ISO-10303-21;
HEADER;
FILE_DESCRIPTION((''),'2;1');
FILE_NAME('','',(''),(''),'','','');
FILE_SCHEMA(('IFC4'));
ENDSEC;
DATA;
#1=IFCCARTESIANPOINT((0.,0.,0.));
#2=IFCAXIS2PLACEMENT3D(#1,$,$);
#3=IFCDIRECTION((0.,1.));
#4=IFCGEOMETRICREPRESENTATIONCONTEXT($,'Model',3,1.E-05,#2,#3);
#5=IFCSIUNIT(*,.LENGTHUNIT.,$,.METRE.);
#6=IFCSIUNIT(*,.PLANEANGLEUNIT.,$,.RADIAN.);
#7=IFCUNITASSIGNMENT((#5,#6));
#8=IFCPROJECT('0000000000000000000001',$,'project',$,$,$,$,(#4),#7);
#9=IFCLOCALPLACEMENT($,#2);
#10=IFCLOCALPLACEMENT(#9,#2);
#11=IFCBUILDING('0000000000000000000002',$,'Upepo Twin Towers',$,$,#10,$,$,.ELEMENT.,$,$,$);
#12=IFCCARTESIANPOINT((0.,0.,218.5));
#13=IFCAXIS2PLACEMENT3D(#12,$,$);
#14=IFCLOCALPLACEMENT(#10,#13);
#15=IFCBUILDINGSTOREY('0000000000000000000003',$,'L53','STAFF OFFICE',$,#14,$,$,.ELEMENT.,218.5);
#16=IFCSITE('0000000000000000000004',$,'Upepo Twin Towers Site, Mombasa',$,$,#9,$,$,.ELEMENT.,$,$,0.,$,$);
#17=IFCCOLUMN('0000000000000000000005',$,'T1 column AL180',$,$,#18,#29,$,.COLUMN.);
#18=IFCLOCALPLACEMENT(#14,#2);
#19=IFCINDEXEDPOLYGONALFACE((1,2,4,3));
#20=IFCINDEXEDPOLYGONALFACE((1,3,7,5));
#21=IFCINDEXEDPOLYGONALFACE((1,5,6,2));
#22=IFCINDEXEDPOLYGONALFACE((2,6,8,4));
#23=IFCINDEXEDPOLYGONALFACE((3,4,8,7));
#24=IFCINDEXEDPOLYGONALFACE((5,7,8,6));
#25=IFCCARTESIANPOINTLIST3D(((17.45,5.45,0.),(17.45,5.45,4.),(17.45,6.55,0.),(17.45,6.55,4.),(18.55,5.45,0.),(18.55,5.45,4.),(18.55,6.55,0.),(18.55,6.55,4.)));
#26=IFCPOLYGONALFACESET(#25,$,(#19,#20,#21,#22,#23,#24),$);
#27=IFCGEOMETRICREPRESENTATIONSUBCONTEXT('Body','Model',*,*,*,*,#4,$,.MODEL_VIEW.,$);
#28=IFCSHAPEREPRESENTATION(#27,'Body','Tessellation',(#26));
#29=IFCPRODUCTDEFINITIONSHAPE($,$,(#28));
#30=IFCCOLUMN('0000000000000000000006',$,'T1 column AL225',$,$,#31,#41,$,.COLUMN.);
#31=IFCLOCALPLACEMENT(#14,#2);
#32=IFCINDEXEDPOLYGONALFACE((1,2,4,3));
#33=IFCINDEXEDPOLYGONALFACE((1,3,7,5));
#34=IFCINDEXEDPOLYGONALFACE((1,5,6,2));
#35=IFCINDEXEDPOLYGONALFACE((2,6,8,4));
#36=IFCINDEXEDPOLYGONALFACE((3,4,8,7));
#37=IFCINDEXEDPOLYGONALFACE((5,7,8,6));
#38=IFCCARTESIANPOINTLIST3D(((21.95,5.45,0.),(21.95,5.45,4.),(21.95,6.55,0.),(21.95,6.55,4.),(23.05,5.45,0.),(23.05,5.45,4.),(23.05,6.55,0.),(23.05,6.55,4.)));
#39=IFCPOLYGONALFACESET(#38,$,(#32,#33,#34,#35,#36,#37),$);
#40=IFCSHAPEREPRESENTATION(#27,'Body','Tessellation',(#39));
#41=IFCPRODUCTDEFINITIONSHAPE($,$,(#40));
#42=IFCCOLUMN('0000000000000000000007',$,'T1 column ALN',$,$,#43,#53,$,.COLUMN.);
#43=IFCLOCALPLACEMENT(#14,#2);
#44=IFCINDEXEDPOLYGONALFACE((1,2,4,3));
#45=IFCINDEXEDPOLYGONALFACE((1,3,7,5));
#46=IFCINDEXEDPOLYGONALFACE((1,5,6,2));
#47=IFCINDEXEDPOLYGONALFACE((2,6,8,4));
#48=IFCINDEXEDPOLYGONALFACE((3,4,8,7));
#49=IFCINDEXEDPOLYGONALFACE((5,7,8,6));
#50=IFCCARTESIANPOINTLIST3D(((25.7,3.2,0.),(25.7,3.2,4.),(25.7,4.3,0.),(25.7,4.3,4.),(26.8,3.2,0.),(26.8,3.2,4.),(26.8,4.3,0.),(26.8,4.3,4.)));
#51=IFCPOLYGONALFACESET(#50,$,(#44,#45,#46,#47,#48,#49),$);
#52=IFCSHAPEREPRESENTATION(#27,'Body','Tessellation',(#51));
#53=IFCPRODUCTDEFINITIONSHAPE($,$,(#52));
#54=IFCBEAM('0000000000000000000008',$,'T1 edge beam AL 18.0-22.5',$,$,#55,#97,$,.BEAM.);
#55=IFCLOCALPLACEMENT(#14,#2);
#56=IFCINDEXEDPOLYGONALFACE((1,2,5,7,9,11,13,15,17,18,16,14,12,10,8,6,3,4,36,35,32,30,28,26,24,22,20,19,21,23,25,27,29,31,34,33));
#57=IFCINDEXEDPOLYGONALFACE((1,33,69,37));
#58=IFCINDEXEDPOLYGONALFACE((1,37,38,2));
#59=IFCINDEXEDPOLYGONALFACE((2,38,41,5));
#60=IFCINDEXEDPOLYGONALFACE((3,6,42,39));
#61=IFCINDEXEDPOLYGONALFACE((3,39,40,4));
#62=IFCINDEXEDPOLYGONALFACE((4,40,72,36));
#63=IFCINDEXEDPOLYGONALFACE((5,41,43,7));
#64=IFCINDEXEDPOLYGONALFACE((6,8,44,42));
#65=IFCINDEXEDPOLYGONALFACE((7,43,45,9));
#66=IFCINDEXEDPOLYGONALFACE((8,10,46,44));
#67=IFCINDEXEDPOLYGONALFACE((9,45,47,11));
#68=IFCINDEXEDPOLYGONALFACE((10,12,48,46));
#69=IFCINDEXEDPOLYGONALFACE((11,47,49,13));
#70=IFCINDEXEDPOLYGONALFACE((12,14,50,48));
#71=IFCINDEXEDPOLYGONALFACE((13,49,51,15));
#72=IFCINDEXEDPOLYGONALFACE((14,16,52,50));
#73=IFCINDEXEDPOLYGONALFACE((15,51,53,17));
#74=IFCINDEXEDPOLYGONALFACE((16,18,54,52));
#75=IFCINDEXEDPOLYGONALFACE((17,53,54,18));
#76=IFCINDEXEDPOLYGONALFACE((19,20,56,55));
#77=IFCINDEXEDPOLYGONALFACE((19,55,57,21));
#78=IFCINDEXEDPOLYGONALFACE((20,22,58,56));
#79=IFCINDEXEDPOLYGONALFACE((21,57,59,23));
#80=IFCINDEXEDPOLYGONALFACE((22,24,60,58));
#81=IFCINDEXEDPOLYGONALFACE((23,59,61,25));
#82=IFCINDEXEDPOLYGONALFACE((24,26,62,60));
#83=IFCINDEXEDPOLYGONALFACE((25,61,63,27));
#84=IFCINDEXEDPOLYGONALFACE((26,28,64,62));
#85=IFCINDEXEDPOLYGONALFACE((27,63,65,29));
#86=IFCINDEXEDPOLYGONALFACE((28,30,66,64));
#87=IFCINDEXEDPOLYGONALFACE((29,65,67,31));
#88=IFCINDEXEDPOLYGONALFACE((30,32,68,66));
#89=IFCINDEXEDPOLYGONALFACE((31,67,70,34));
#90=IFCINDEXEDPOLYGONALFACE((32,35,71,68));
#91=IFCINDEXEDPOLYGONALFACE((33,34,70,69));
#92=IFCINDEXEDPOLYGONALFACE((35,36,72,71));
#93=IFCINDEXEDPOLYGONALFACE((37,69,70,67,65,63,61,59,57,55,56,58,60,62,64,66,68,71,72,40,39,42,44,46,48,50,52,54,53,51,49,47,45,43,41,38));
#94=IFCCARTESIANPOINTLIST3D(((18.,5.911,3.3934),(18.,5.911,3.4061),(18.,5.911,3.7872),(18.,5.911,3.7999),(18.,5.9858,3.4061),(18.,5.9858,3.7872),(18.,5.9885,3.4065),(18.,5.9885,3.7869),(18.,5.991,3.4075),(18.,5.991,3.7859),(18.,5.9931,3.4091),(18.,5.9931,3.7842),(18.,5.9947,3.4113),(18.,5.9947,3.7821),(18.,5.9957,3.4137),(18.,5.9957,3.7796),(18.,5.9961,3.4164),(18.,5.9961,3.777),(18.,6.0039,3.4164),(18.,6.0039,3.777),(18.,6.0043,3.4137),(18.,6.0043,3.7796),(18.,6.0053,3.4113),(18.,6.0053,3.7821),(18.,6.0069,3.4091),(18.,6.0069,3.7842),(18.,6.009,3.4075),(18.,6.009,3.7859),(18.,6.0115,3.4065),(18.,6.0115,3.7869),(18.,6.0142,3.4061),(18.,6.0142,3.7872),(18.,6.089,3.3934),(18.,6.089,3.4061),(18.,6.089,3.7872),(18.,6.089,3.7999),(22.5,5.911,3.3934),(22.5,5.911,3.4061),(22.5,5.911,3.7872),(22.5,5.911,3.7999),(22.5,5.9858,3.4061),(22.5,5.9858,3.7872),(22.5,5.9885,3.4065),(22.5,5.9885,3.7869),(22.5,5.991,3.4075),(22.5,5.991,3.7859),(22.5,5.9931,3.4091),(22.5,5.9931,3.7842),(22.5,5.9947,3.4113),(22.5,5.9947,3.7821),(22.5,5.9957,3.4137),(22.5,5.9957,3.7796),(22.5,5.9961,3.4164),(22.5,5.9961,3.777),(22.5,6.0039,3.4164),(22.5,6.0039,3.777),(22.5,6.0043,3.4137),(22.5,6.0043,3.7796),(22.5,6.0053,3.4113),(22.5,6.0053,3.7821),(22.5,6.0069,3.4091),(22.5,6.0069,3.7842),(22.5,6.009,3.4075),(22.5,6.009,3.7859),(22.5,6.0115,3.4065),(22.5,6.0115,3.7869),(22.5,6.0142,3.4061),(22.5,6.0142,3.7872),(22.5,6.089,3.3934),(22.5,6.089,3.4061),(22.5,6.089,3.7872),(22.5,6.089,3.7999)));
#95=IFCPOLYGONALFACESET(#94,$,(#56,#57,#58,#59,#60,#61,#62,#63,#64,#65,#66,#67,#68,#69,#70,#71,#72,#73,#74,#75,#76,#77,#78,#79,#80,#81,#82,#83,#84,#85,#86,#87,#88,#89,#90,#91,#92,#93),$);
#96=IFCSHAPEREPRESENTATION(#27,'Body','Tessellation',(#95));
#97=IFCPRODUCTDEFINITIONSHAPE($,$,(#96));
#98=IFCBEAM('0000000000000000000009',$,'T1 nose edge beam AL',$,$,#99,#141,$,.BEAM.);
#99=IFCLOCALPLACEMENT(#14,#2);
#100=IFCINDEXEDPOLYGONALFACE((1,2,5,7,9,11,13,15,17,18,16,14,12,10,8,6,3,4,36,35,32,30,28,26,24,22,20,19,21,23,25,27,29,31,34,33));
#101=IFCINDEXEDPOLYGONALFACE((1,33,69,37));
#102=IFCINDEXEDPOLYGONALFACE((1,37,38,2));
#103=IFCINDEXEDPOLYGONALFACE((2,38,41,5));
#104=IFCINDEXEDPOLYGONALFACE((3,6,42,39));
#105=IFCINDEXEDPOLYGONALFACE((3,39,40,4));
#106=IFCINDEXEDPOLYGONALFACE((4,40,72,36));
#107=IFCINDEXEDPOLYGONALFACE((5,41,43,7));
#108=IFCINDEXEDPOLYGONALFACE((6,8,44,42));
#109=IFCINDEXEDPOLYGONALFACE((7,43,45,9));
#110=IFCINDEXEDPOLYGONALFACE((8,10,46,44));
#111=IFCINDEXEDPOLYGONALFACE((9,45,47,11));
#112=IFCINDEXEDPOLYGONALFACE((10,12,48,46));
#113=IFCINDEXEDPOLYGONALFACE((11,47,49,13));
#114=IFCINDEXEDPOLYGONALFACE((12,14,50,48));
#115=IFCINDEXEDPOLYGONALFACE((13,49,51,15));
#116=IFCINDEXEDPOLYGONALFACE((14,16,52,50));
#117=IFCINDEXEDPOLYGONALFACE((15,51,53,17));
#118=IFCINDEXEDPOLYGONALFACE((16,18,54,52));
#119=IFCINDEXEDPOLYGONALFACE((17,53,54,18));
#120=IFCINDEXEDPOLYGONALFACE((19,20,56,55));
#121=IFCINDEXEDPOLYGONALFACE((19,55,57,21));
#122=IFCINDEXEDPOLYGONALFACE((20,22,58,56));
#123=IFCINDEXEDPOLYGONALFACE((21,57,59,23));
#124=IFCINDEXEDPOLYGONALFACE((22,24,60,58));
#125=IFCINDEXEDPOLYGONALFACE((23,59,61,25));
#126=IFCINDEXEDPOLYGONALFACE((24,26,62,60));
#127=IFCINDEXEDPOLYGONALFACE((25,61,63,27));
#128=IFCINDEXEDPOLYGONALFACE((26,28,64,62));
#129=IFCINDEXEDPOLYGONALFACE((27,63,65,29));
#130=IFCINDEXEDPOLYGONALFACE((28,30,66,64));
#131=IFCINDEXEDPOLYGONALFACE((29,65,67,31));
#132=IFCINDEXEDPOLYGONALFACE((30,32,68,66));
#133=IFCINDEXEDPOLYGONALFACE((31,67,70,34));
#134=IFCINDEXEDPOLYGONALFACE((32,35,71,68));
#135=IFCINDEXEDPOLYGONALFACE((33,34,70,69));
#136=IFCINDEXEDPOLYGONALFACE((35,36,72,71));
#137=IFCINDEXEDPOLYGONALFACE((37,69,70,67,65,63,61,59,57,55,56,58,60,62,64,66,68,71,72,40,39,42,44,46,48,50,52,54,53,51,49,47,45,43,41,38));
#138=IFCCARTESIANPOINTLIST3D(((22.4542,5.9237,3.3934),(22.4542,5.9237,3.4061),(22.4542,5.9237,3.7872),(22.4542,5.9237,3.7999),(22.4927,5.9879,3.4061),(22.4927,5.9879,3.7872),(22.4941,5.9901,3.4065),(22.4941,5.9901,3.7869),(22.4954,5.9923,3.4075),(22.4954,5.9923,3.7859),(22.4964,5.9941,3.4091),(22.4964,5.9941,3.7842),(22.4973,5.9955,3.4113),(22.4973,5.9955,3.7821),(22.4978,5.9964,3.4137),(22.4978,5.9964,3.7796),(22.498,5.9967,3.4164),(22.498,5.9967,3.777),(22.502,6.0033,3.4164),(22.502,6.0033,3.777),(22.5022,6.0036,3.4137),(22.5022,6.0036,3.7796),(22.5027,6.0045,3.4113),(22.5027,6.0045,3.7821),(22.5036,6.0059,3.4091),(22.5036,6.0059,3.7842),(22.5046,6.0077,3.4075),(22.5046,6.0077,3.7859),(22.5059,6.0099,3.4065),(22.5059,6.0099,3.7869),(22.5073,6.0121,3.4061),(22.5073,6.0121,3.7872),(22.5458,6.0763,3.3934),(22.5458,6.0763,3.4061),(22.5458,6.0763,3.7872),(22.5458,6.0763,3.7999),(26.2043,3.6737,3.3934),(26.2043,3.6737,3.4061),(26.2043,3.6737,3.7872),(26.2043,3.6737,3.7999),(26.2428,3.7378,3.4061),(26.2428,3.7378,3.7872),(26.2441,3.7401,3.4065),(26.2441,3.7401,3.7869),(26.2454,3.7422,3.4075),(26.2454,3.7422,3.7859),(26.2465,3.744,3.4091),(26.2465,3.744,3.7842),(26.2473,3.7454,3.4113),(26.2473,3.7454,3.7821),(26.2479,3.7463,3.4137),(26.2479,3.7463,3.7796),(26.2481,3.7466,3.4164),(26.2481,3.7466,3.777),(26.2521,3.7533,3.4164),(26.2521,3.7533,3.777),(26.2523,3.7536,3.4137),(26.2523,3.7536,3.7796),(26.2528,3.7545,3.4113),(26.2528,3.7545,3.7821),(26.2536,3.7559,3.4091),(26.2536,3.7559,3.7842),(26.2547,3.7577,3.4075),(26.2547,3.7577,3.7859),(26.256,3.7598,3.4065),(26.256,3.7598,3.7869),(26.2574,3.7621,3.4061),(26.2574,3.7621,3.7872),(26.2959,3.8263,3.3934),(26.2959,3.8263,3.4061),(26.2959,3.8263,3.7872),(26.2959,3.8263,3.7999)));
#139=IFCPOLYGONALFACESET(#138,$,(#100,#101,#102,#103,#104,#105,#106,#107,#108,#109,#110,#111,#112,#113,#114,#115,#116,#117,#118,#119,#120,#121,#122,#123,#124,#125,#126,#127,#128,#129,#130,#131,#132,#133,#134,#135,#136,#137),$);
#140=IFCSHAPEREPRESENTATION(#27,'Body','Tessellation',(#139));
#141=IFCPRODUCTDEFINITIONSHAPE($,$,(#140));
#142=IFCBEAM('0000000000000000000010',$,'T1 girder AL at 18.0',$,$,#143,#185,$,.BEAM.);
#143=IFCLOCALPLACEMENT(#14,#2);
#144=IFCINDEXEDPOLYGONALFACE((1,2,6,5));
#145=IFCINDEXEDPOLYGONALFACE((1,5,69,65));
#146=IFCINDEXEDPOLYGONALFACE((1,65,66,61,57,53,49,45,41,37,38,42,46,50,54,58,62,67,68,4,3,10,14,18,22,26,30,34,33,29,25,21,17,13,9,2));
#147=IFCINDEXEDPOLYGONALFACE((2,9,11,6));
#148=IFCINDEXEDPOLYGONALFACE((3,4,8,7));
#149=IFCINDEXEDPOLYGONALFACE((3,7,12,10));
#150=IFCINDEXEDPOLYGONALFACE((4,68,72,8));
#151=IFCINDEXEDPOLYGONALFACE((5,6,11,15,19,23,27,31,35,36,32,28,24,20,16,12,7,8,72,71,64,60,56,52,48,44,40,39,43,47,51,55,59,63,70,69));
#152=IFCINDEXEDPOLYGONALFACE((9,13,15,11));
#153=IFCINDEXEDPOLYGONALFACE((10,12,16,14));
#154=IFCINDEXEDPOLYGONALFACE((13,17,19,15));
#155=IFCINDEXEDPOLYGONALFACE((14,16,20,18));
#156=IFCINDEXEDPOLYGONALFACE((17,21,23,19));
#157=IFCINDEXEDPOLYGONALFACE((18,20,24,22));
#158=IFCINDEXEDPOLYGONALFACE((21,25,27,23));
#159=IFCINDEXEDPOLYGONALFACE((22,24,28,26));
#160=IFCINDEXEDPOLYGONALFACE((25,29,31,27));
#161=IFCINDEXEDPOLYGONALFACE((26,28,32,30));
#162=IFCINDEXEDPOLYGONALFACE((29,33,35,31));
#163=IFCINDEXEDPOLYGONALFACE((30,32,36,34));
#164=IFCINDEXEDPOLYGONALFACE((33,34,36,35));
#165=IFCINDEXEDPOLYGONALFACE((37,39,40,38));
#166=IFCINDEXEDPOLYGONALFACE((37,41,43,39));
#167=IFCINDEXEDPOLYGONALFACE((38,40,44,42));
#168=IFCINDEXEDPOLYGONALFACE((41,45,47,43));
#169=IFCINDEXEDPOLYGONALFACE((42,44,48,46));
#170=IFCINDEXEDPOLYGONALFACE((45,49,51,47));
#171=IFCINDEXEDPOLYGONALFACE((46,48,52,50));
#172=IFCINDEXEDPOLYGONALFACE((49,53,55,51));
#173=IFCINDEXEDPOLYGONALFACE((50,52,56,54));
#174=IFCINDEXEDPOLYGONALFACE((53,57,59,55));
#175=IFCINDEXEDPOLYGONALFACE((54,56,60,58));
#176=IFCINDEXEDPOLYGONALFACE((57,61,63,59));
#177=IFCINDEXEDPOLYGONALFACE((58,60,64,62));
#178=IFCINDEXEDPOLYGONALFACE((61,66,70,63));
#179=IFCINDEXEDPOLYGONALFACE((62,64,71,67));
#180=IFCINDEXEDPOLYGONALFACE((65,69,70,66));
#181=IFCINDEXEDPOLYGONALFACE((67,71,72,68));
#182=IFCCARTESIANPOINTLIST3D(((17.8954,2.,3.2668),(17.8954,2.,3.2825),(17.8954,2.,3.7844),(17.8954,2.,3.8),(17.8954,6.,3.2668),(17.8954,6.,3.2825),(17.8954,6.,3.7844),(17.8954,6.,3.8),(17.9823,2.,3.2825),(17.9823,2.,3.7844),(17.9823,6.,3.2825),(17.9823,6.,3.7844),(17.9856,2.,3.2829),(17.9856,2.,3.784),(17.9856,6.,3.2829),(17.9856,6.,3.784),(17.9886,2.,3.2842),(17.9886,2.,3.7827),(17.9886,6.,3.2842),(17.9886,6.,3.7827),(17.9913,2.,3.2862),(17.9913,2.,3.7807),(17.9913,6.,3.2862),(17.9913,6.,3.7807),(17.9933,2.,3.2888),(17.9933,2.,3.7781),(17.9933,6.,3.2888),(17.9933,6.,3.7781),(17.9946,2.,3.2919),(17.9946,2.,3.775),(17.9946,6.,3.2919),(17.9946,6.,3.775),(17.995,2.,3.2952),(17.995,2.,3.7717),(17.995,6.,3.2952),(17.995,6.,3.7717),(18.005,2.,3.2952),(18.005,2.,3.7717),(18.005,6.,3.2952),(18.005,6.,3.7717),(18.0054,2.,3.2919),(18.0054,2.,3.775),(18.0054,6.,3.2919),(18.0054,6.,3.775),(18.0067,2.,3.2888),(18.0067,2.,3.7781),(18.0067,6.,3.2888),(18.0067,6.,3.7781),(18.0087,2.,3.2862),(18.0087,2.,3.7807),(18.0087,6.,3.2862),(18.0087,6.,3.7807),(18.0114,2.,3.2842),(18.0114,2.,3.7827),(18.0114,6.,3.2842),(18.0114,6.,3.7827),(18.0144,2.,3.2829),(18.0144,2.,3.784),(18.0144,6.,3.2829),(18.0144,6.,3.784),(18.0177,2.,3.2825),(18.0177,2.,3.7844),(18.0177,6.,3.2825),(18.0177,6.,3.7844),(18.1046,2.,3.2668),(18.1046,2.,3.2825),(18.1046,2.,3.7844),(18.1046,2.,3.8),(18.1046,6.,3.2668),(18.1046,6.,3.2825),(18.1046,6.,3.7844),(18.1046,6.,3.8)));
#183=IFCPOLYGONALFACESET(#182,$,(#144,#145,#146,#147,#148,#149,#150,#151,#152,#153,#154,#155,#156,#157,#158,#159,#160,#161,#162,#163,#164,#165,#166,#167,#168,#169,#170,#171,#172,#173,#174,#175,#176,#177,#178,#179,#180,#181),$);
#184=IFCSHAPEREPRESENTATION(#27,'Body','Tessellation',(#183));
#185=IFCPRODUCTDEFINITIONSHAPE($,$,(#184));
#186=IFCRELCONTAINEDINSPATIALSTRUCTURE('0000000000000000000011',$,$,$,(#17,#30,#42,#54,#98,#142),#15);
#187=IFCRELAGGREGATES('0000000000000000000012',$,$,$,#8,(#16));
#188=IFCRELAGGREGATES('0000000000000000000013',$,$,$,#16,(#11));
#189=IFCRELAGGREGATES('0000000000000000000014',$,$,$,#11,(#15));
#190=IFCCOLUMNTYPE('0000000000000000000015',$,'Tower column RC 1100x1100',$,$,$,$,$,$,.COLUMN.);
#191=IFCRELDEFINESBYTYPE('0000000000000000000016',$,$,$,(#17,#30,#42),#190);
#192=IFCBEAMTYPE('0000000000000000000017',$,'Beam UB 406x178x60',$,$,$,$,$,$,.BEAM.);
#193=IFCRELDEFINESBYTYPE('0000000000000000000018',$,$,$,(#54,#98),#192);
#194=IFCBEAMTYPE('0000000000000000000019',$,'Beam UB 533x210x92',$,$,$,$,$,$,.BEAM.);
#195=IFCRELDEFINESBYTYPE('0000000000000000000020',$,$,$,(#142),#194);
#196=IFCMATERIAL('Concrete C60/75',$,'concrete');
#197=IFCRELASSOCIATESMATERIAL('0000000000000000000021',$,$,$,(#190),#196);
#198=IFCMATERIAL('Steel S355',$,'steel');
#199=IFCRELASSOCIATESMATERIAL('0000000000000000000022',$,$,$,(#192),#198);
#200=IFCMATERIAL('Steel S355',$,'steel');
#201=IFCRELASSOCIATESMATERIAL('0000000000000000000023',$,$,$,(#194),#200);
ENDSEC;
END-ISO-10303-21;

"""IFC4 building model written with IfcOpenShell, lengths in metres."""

from ifc_helpers import new_model, si_unit, direction, frame, origin, origin_2d, place, context, subcontext, project, spatial, rectangle, i_section, extrude, material, material_profile, profile_set, type_object, element, save


model = new_model("IFC4")

# Units and contexts
model_context = context("Model", 3, precision=1e-05, world=origin(), true_north=direction((0.0, 1.0)))
body_context = subcontext(model_context, "Body", "Model", "MODEL_VIEW")
ifc_project = project(units=[si_unit("LENGTHUNIT", "METRE"), si_unit("PLANEANGLEUNIT", "RADIAN")], contexts=[model_context])

# Site, building, storey
site_placement = place(None, origin())
site = spatial("IfcSite", under=ifc_project, at=site_placement, Name="Upepo Twin Towers Site, Mombasa", CompositionType="ELEMENT", RefElevation=0.0)
building_placement = place(site_placement, origin())
building = spatial("IfcBuilding", under=site, at=building_placement, Name="Upepo Twin Towers", CompositionType="ELEMENT")
storey_placement = place(building_placement, frame((0.0, 0.0, 218.5)))
storey = spatial("IfcBuildingStorey", under=building, at=storey_placement, Name="L53", Description="STAFF OFFICE", CompositionType="ELEMENT", Elevation=218.5)

# Columns
ifc_material_1 = material(Name="Concrete C60/75", Category="concrete")
ifc_material_profile_1 = material_profile(ifc_material_1, rectangle(XDim=1.1001, YDim=1.1001, at=origin_2d()), Name="RC 1100x1100")
ifc_profile_set_1 = profile_set([ifc_material_profile_1], Name="Concrete C60/75")
column_type = type_object("IfcColumnType", Name="Tower column RC 1100x1100", PredefinedType="COLUMN", material=ifc_profile_set_1)
for number, where, z_axis, x_axis, name in (
    (1, (18.0, 6.0, 0.0), (0.0, 0.0, 1.0), (1.0, 0.0, 0.0), "T1 column AL180"),
    (2, (22.5, 6.0, 0.0), (0.0, 0.0, 1.0), (1.0, 0.0, 0.0), "T1 column AL225"),
    (3, (26.25, 3.75, 0.0), (0.0, 0.0, 1.0), (1.0, 0.0, 0.0), "T1 column ALN"),
):
    element("IfcColumn", number, at=place(storey_placement, frame(where, z_axis=z_axis, x_axis=x_axis)), inside=storey, type_object=column_type, Name=name, PredefinedType="COLUMN", context=body_context, shape_type="SweptSolid", body=[
        extrude(rectangle(XDim=1.1001, YDim=1.1001, at=origin_2d()), origin(), (0.0, 0.0, 1.0), 4.0),
    ])

# Beams
ifc_material_2 = material(Name="Steel S355", Category="steel")
ifc_material_profile_2 = material_profile(ifc_material_2, i_section(OverallWidth=0.178, OverallDepth=0.4065, WebThickness=0.0078, FlangeThickness=0.0127, FilletRadius=0.0103, at=origin_2d()), Name="UB 406x178x60")
ifc_profile_set_2 = profile_set([ifc_material_profile_2], Name="Steel S355")
beam_type_1 = type_object("IfcBeamType", Name="Beam UB 406x178x60", PredefinedType="BEAM", material=ifc_profile_set_2)
beam_1_placement = place(storey_placement, frame((18.0, 6.0, 3.5967), z_axis=(1.0, 0.0, 0.0), x_axis=(0.0, 1.0, 0.0)))
element("IfcBeam", 4, at=beam_1_placement, inside=storey, type_object=beam_type_1, Name="T1 edge beam AL 18.0-22.5", PredefinedType="BEAM", context=body_context, shape_type="SweptSolid", body=[
    extrude(i_section(OverallWidth=0.178, OverallDepth=0.4065, WebThickness=0.0078, FlangeThickness=0.0127, FilletRadius=0.0103, at=origin_2d()), origin(), (0.0, 0.0, 1.0), 4.5),
])
beam_2_placement = place(storey_placement, frame((22.5, 6.0, 3.5967), z_axis=(0.857493, -0.514496, 0.0), x_axis=(0.514496, 0.857493, 0.0)))
element("IfcBeam", 5, at=beam_2_placement, inside=storey, type_object=beam_type_1, Name="T1 nose edge beam AL", PredefinedType="BEAM", context=body_context, shape_type="SweptSolid", body=[
    extrude(i_section(OverallWidth=0.178, OverallDepth=0.4065, WebThickness=0.0078, FlangeThickness=0.0127, FilletRadius=0.0103, at=origin_2d()), origin(), (0.0, 0.0, 1.0), 4.3733),
])
ifc_material_3 = material(Name="Steel S355", Category="steel")
ifc_material_profile_3 = material_profile(ifc_material_3, i_section(OverallWidth=0.2092, OverallDepth=0.5332, WebThickness=0.01, FlangeThickness=0.0156, FilletRadius=0.0127, at=origin_2d()), Name="UB 533x210x92")
ifc_profile_set_3 = profile_set([ifc_material_profile_3], Name="Steel S355")
beam_type_2 = type_object("IfcBeamType", Name="Beam UB 533x210x92", PredefinedType="BEAM", material=ifc_profile_set_3)
for number, where, z_axis, x_axis, name in (
    (6, (18.0, 6.0, 3.5334), (0.0, -1.0, 0.0), (1.0, 0.0, 0.0), "T1 girder AL at 18.0"),
):
    element("IfcBeam", number, at=place(storey_placement, frame(where, z_axis=z_axis, x_axis=x_axis)), inside=storey, type_object=beam_type_2, Name=name, PredefinedType="BEAM", context=body_context, shape_type="SweptSolid", body=[
        extrude(i_section(OverallWidth=0.2092, OverallDepth=0.5332, WebThickness=0.01, FlangeThickness=0.0156, FilletRadius=0.0127, at=origin_2d()), origin(), (0.0, 0.0, 1.0), 4.0),
    ])

save(model, "model.ifc")
